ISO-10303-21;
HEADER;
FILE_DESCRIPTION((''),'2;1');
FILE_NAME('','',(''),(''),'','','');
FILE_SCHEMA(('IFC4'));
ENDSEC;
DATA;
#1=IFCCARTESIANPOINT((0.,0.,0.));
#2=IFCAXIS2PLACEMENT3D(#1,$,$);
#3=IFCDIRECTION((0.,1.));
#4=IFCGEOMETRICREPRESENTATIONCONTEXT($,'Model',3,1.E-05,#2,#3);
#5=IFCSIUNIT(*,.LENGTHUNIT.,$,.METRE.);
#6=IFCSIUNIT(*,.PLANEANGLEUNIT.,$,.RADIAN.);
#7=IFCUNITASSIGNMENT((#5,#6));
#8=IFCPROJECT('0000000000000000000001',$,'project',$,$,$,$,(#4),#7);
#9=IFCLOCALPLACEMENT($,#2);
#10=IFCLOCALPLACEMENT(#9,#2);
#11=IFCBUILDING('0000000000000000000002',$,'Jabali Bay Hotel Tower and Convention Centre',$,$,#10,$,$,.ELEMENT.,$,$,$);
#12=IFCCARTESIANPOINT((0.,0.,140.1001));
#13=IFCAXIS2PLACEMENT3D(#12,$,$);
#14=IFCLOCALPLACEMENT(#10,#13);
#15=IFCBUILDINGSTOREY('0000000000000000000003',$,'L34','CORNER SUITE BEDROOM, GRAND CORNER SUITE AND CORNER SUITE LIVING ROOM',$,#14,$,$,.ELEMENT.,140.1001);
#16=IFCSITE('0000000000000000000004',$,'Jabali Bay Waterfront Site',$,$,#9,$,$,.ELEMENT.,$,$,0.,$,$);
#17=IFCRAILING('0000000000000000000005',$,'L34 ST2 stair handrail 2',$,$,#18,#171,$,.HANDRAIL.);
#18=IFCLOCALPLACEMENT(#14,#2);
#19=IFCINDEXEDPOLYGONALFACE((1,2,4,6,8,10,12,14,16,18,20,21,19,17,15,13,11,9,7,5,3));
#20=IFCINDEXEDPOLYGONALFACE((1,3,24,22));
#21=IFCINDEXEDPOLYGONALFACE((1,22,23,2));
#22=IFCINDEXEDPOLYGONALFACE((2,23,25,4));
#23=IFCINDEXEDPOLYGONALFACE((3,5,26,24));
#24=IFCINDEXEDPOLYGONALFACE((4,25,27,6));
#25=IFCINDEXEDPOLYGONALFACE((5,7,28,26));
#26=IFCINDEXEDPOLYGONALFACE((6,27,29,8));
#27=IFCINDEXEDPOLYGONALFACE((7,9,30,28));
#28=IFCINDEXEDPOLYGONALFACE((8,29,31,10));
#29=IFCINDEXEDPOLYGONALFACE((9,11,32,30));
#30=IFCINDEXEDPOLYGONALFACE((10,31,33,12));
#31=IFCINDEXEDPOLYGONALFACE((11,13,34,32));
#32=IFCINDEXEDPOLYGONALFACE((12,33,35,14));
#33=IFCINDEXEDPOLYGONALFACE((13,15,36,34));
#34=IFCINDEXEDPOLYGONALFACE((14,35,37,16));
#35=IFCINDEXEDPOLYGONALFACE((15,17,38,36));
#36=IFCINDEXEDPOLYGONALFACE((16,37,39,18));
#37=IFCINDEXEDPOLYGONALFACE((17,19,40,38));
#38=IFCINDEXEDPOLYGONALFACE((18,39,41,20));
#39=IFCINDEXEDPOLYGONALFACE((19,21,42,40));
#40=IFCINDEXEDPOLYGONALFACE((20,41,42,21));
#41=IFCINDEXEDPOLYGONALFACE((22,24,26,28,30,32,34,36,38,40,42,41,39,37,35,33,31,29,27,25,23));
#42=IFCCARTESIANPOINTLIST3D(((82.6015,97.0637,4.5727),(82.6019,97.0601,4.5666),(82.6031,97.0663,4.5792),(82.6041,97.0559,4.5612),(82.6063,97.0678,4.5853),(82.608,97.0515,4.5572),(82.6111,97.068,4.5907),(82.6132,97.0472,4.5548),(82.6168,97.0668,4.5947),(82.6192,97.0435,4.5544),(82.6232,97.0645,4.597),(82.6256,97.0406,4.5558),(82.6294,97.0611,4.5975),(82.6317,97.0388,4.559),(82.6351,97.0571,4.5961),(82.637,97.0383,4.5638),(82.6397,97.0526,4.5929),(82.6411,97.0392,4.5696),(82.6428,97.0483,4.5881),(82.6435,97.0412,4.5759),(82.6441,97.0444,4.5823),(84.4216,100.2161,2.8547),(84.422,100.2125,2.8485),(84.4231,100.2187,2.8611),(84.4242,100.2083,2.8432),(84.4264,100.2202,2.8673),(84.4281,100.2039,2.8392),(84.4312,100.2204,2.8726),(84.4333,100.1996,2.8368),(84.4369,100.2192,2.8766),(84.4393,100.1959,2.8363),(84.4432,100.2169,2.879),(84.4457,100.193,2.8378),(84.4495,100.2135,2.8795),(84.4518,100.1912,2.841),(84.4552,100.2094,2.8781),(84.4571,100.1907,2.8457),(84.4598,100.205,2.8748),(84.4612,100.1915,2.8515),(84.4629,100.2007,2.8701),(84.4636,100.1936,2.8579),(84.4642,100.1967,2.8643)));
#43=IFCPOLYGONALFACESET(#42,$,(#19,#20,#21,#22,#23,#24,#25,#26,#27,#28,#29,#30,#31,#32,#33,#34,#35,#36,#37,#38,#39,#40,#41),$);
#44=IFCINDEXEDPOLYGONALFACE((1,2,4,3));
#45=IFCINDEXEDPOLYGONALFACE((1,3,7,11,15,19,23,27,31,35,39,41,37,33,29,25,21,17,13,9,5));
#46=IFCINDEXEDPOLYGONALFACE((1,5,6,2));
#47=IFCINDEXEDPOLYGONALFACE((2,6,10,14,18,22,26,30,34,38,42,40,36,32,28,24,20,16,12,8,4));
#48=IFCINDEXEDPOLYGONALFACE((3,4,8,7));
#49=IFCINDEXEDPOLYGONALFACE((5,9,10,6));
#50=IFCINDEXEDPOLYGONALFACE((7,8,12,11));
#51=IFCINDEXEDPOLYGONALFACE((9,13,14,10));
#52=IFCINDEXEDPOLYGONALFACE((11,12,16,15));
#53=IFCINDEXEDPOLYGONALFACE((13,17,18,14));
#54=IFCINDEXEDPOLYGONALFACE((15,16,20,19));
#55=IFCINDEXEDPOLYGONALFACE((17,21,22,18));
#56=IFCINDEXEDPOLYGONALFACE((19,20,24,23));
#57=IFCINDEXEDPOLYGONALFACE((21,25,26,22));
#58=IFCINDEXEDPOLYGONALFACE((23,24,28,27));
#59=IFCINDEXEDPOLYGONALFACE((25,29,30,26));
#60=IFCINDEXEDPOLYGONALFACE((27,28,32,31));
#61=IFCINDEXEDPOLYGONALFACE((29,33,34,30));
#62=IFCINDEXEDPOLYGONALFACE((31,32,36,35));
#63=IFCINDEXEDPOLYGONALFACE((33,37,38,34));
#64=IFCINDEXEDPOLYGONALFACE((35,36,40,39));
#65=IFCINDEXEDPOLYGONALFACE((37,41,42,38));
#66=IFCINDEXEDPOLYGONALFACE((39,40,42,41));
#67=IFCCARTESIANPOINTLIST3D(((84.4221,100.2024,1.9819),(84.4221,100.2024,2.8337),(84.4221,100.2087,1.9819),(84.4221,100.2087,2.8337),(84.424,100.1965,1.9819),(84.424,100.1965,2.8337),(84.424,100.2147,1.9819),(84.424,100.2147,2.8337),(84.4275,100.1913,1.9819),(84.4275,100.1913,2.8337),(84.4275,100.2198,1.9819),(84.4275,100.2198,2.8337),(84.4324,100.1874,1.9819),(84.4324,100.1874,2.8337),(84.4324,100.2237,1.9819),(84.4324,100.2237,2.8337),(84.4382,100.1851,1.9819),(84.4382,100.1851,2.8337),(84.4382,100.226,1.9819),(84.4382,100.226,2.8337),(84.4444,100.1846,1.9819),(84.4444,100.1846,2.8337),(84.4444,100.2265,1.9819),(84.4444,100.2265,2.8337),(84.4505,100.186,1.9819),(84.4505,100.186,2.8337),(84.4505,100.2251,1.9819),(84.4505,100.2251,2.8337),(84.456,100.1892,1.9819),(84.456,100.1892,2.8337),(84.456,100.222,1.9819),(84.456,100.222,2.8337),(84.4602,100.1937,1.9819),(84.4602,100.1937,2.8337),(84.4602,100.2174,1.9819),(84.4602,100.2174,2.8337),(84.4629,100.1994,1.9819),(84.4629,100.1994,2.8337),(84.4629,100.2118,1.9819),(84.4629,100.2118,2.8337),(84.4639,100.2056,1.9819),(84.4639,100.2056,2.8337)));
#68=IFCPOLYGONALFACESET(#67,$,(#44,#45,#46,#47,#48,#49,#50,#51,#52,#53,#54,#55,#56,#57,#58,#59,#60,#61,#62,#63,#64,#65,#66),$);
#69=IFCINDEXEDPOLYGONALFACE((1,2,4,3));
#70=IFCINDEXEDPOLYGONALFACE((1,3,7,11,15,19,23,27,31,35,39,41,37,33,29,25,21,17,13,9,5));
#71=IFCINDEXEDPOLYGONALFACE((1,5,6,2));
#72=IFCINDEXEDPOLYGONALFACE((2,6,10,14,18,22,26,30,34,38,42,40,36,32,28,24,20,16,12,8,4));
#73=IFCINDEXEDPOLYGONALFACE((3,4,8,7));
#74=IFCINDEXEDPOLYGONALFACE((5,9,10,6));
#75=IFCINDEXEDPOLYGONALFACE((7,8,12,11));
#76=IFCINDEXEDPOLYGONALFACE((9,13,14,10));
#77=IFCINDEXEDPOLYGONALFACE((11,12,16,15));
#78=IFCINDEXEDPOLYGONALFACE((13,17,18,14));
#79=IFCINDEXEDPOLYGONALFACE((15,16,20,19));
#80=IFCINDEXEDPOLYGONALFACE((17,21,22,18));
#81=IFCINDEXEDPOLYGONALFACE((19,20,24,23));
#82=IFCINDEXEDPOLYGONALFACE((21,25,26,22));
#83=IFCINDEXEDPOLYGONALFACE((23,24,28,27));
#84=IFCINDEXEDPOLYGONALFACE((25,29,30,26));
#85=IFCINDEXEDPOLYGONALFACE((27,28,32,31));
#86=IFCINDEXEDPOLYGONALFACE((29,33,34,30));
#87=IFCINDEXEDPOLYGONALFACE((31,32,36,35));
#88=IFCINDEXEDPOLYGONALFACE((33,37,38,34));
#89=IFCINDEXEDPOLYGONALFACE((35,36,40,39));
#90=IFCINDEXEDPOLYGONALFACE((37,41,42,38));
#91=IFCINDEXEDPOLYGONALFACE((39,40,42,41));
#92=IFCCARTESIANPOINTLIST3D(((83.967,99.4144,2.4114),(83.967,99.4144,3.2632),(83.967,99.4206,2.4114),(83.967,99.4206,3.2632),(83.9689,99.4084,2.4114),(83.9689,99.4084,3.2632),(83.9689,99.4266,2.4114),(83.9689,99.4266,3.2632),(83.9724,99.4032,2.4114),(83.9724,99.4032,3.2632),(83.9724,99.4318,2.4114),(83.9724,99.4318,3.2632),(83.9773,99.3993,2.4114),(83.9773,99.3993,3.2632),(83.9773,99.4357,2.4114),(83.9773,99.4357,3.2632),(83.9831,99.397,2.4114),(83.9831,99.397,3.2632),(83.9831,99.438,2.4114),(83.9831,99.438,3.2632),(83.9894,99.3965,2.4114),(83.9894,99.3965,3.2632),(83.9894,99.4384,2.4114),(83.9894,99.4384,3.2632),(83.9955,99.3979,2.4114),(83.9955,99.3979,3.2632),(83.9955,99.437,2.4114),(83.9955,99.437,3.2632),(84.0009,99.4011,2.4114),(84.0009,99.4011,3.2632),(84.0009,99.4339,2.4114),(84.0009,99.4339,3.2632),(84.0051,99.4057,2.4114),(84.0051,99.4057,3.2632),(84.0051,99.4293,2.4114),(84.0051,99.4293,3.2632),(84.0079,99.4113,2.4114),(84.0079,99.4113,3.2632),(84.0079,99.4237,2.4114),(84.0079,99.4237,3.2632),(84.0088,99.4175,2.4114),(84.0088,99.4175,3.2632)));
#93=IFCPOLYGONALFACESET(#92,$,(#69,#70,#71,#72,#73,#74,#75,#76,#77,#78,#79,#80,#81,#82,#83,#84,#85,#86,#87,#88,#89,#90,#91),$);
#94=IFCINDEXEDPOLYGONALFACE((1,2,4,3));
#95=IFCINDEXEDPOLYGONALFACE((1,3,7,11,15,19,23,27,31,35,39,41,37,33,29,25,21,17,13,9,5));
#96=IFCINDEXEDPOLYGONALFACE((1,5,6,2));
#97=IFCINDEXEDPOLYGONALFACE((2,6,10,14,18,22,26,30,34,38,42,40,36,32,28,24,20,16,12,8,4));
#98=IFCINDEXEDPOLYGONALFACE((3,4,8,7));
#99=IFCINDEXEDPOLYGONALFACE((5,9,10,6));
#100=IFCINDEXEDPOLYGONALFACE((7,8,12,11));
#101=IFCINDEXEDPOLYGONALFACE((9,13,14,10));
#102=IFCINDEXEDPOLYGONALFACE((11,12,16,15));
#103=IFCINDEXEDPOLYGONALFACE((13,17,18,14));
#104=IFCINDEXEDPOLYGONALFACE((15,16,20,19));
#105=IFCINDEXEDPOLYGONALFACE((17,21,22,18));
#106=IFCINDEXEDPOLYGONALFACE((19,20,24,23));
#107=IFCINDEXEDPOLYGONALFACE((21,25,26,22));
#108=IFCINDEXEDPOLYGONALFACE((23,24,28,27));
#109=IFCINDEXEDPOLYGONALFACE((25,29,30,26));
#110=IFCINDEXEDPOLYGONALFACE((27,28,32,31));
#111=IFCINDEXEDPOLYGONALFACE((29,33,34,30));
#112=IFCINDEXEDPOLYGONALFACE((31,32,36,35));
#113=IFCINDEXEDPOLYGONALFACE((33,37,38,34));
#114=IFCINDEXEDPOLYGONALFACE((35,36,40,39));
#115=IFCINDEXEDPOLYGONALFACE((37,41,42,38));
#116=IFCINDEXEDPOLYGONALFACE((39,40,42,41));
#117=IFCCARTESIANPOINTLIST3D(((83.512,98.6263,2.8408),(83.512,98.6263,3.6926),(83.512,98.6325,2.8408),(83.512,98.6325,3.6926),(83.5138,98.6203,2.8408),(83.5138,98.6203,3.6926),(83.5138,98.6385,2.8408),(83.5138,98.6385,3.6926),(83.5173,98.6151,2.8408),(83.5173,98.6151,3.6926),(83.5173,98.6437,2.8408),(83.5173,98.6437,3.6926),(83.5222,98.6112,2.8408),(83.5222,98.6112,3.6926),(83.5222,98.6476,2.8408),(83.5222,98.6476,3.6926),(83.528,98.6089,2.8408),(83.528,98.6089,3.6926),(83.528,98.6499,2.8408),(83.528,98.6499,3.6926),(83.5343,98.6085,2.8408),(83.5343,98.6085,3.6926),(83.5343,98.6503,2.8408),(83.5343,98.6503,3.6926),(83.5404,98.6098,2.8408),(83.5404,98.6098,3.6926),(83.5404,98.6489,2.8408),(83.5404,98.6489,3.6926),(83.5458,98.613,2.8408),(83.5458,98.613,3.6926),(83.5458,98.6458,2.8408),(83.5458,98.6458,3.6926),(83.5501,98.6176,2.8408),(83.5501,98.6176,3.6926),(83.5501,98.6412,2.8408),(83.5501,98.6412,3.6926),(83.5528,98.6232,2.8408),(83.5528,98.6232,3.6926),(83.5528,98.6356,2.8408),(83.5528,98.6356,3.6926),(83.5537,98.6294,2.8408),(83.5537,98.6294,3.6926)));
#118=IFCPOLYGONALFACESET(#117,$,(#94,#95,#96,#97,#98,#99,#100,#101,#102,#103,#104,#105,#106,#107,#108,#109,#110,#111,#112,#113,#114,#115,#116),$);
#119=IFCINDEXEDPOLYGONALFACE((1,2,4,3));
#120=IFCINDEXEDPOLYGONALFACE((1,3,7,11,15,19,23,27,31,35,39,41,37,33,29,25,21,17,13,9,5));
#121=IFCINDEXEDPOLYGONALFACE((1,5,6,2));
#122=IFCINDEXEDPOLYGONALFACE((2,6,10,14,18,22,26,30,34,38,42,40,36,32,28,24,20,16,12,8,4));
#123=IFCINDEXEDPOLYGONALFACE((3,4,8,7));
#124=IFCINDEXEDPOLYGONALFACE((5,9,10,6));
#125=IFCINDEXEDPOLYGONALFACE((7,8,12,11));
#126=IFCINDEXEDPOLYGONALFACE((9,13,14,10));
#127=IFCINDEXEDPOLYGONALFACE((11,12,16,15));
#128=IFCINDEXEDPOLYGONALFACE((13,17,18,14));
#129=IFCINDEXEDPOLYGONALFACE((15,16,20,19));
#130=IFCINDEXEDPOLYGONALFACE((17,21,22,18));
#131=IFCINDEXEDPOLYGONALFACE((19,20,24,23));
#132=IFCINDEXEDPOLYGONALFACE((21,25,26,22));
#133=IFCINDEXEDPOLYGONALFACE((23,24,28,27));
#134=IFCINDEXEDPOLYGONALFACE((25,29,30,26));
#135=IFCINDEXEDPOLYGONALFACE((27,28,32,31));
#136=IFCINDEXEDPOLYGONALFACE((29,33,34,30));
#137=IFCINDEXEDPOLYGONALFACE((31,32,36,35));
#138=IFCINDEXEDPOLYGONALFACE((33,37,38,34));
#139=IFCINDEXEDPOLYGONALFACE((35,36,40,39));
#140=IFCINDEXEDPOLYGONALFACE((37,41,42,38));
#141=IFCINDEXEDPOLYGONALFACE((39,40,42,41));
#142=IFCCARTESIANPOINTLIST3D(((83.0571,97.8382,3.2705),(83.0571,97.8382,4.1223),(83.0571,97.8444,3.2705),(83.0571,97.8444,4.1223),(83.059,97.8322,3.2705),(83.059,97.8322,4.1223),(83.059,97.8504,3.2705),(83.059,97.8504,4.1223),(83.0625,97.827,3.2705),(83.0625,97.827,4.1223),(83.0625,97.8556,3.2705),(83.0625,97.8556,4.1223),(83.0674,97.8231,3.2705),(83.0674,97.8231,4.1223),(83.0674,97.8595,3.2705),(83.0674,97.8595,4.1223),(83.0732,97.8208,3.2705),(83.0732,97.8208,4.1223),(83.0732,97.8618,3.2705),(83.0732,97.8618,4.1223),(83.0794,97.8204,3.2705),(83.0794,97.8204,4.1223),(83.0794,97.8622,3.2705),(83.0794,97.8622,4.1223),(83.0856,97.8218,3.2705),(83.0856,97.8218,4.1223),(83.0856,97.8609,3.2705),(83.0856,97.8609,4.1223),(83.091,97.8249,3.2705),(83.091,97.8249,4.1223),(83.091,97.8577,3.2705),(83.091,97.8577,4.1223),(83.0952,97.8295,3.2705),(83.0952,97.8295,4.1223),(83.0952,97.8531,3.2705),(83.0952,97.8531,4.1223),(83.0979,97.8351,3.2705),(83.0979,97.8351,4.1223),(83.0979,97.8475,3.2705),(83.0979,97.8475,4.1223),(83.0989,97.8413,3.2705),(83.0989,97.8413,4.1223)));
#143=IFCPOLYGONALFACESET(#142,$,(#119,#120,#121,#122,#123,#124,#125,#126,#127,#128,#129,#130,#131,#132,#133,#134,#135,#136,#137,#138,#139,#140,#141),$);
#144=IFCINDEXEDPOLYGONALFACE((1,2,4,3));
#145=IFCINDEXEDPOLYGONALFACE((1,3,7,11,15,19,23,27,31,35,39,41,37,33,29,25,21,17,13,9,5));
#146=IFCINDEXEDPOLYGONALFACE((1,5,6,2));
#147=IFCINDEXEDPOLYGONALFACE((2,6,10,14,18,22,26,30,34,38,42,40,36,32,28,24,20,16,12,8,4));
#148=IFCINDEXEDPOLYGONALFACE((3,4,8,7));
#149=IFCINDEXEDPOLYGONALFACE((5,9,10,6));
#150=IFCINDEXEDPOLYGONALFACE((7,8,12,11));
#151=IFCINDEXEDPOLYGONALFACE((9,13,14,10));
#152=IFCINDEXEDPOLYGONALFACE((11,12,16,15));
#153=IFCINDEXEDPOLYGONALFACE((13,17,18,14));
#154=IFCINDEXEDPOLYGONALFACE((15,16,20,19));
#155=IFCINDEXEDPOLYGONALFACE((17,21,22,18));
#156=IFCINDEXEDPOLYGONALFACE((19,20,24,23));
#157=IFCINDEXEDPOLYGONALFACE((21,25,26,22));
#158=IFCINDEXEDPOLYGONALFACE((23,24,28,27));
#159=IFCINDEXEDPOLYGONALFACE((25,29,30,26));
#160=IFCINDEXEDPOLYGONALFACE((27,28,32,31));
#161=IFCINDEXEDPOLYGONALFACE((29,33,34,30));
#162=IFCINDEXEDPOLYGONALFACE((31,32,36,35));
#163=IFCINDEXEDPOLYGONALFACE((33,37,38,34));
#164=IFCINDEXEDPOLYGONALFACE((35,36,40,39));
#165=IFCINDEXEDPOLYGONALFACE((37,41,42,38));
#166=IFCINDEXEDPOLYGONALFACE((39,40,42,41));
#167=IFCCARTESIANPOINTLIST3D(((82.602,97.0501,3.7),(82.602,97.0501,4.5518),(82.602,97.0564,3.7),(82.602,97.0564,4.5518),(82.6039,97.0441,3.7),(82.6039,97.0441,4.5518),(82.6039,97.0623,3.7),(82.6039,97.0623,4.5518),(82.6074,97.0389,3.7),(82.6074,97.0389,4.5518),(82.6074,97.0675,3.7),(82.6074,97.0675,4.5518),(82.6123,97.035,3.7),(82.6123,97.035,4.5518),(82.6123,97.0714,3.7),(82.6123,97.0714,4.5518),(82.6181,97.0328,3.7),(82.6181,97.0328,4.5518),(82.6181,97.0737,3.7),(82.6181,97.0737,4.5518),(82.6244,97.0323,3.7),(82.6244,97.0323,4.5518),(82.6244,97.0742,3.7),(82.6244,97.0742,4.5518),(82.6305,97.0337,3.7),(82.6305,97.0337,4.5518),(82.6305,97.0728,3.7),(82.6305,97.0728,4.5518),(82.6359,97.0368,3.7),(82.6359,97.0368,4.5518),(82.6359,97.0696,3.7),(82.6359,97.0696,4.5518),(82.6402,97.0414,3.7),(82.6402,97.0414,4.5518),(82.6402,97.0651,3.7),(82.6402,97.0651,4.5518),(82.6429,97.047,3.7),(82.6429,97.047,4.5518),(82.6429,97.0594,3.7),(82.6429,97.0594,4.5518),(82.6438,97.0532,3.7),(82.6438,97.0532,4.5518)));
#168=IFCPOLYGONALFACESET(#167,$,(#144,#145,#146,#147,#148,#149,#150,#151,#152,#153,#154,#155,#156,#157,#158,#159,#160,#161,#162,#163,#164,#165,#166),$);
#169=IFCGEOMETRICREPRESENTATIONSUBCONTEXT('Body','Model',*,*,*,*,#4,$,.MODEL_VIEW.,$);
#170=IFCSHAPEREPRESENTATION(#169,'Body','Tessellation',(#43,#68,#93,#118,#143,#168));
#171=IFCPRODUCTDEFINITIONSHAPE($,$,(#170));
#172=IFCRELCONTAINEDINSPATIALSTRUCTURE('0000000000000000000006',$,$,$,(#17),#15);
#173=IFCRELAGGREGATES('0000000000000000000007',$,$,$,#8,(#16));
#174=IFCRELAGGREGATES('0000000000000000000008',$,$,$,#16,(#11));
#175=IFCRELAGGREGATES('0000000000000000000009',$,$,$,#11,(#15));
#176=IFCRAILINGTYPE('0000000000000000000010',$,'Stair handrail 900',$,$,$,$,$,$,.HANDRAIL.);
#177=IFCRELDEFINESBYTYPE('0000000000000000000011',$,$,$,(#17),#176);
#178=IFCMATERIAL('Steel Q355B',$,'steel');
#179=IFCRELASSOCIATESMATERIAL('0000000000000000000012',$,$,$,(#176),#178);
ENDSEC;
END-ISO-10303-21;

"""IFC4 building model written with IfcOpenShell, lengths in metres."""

from ifc_helpers import new_model, si_unit, direction, frame, origin, origin_2d, place, context, subcontext, project, spatial, circle, extrude, material, type_object, element, save


model = new_model("IFC4")

# Units and contexts
model_context = context("Model", 3, precision=1e-05, world=origin(), true_north=direction((0.0, 1.0)))
body_context = subcontext(model_context, "Body", "Model", "MODEL_VIEW")
ifc_project = project(units=[si_unit("LENGTHUNIT", "METRE"), si_unit("PLANEANGLEUNIT", "RADIAN")], contexts=[model_context])

# Site, building, storey
site_placement = place(None, origin())
site = spatial("IfcSite", under=ifc_project, at=site_placement, Name="Jabali Bay Waterfront Site", CompositionType="ELEMENT", RefElevation=0.0)
building_placement = place(site_placement, origin())
building = spatial("IfcBuilding", under=site, at=building_placement, Name="Jabali Bay Hotel Tower and Convention Centre", CompositionType="ELEMENT")
storey_placement = place(building_placement, frame((0.0, 0.0, 140.1001)))
storey = spatial("IfcBuildingStorey", under=building, at=storey_placement, Name="L34", Description="CORNER SUITE BEDROOM, GRAND CORNER SUITE AND CORNER SUITE LIVING ROOM", CompositionType="ELEMENT", Elevation=140.1001)

# Railing
ifc_material_1 = material(Name="Steel Q355B", Category="steel")
railing_type_1 = type_object("IfcRailingType", Name="Stair handrail 900", PredefinedType="HANDRAIL", material=ifc_material_1)
railing_1_placement = place(storey_placement, frame((84.4429, 100.2056, 1.9819)))
element("IfcRailing", 1, at=railing_1_placement, inside=storey, type_object=railing_type_1, Name="L34 ST2 stair handrail 2", PredefinedType="HANDRAIL", context=body_context, shape_type="SweptSolid", body=[
    extrude(circle(Radius=0.0239, at=origin_2d()), frame((0.0, 0.0, 0.876), z_axis=(-0.452179, -0.78317, 0.426825), x_axis=(0.866018, -0.500013, 0.0)), (0.0, 0.0, 1.0), 4.0251),
    extrude(circle(Radius=0.021, at=origin_2d()), origin(), (0.0, 0.0, 1.0), 0.8518),
    extrude(circle(Radius=0.021, at=origin_2d()), frame((-0.4551, -0.7881, 0.4294)), (0.0, 0.0, 1.0), 0.8518),
    extrude(circle(Radius=0.021, at=origin_2d()), frame((-0.9102, -1.5762, 0.8589)), (0.0, 0.0, 1.0), 0.8518),
    extrude(circle(Radius=0.021, at=origin_2d()), frame((-1.365, -2.3643, 1.2886)), (0.0, 0.0, 1.0), 0.8518),
    extrude(circle(Radius=0.021, at=origin_2d()), frame((-1.8201, -3.1523, 1.718)), (0.0, 0.0, 1.0), 0.8518),
])

save(model, "model.ifc")
